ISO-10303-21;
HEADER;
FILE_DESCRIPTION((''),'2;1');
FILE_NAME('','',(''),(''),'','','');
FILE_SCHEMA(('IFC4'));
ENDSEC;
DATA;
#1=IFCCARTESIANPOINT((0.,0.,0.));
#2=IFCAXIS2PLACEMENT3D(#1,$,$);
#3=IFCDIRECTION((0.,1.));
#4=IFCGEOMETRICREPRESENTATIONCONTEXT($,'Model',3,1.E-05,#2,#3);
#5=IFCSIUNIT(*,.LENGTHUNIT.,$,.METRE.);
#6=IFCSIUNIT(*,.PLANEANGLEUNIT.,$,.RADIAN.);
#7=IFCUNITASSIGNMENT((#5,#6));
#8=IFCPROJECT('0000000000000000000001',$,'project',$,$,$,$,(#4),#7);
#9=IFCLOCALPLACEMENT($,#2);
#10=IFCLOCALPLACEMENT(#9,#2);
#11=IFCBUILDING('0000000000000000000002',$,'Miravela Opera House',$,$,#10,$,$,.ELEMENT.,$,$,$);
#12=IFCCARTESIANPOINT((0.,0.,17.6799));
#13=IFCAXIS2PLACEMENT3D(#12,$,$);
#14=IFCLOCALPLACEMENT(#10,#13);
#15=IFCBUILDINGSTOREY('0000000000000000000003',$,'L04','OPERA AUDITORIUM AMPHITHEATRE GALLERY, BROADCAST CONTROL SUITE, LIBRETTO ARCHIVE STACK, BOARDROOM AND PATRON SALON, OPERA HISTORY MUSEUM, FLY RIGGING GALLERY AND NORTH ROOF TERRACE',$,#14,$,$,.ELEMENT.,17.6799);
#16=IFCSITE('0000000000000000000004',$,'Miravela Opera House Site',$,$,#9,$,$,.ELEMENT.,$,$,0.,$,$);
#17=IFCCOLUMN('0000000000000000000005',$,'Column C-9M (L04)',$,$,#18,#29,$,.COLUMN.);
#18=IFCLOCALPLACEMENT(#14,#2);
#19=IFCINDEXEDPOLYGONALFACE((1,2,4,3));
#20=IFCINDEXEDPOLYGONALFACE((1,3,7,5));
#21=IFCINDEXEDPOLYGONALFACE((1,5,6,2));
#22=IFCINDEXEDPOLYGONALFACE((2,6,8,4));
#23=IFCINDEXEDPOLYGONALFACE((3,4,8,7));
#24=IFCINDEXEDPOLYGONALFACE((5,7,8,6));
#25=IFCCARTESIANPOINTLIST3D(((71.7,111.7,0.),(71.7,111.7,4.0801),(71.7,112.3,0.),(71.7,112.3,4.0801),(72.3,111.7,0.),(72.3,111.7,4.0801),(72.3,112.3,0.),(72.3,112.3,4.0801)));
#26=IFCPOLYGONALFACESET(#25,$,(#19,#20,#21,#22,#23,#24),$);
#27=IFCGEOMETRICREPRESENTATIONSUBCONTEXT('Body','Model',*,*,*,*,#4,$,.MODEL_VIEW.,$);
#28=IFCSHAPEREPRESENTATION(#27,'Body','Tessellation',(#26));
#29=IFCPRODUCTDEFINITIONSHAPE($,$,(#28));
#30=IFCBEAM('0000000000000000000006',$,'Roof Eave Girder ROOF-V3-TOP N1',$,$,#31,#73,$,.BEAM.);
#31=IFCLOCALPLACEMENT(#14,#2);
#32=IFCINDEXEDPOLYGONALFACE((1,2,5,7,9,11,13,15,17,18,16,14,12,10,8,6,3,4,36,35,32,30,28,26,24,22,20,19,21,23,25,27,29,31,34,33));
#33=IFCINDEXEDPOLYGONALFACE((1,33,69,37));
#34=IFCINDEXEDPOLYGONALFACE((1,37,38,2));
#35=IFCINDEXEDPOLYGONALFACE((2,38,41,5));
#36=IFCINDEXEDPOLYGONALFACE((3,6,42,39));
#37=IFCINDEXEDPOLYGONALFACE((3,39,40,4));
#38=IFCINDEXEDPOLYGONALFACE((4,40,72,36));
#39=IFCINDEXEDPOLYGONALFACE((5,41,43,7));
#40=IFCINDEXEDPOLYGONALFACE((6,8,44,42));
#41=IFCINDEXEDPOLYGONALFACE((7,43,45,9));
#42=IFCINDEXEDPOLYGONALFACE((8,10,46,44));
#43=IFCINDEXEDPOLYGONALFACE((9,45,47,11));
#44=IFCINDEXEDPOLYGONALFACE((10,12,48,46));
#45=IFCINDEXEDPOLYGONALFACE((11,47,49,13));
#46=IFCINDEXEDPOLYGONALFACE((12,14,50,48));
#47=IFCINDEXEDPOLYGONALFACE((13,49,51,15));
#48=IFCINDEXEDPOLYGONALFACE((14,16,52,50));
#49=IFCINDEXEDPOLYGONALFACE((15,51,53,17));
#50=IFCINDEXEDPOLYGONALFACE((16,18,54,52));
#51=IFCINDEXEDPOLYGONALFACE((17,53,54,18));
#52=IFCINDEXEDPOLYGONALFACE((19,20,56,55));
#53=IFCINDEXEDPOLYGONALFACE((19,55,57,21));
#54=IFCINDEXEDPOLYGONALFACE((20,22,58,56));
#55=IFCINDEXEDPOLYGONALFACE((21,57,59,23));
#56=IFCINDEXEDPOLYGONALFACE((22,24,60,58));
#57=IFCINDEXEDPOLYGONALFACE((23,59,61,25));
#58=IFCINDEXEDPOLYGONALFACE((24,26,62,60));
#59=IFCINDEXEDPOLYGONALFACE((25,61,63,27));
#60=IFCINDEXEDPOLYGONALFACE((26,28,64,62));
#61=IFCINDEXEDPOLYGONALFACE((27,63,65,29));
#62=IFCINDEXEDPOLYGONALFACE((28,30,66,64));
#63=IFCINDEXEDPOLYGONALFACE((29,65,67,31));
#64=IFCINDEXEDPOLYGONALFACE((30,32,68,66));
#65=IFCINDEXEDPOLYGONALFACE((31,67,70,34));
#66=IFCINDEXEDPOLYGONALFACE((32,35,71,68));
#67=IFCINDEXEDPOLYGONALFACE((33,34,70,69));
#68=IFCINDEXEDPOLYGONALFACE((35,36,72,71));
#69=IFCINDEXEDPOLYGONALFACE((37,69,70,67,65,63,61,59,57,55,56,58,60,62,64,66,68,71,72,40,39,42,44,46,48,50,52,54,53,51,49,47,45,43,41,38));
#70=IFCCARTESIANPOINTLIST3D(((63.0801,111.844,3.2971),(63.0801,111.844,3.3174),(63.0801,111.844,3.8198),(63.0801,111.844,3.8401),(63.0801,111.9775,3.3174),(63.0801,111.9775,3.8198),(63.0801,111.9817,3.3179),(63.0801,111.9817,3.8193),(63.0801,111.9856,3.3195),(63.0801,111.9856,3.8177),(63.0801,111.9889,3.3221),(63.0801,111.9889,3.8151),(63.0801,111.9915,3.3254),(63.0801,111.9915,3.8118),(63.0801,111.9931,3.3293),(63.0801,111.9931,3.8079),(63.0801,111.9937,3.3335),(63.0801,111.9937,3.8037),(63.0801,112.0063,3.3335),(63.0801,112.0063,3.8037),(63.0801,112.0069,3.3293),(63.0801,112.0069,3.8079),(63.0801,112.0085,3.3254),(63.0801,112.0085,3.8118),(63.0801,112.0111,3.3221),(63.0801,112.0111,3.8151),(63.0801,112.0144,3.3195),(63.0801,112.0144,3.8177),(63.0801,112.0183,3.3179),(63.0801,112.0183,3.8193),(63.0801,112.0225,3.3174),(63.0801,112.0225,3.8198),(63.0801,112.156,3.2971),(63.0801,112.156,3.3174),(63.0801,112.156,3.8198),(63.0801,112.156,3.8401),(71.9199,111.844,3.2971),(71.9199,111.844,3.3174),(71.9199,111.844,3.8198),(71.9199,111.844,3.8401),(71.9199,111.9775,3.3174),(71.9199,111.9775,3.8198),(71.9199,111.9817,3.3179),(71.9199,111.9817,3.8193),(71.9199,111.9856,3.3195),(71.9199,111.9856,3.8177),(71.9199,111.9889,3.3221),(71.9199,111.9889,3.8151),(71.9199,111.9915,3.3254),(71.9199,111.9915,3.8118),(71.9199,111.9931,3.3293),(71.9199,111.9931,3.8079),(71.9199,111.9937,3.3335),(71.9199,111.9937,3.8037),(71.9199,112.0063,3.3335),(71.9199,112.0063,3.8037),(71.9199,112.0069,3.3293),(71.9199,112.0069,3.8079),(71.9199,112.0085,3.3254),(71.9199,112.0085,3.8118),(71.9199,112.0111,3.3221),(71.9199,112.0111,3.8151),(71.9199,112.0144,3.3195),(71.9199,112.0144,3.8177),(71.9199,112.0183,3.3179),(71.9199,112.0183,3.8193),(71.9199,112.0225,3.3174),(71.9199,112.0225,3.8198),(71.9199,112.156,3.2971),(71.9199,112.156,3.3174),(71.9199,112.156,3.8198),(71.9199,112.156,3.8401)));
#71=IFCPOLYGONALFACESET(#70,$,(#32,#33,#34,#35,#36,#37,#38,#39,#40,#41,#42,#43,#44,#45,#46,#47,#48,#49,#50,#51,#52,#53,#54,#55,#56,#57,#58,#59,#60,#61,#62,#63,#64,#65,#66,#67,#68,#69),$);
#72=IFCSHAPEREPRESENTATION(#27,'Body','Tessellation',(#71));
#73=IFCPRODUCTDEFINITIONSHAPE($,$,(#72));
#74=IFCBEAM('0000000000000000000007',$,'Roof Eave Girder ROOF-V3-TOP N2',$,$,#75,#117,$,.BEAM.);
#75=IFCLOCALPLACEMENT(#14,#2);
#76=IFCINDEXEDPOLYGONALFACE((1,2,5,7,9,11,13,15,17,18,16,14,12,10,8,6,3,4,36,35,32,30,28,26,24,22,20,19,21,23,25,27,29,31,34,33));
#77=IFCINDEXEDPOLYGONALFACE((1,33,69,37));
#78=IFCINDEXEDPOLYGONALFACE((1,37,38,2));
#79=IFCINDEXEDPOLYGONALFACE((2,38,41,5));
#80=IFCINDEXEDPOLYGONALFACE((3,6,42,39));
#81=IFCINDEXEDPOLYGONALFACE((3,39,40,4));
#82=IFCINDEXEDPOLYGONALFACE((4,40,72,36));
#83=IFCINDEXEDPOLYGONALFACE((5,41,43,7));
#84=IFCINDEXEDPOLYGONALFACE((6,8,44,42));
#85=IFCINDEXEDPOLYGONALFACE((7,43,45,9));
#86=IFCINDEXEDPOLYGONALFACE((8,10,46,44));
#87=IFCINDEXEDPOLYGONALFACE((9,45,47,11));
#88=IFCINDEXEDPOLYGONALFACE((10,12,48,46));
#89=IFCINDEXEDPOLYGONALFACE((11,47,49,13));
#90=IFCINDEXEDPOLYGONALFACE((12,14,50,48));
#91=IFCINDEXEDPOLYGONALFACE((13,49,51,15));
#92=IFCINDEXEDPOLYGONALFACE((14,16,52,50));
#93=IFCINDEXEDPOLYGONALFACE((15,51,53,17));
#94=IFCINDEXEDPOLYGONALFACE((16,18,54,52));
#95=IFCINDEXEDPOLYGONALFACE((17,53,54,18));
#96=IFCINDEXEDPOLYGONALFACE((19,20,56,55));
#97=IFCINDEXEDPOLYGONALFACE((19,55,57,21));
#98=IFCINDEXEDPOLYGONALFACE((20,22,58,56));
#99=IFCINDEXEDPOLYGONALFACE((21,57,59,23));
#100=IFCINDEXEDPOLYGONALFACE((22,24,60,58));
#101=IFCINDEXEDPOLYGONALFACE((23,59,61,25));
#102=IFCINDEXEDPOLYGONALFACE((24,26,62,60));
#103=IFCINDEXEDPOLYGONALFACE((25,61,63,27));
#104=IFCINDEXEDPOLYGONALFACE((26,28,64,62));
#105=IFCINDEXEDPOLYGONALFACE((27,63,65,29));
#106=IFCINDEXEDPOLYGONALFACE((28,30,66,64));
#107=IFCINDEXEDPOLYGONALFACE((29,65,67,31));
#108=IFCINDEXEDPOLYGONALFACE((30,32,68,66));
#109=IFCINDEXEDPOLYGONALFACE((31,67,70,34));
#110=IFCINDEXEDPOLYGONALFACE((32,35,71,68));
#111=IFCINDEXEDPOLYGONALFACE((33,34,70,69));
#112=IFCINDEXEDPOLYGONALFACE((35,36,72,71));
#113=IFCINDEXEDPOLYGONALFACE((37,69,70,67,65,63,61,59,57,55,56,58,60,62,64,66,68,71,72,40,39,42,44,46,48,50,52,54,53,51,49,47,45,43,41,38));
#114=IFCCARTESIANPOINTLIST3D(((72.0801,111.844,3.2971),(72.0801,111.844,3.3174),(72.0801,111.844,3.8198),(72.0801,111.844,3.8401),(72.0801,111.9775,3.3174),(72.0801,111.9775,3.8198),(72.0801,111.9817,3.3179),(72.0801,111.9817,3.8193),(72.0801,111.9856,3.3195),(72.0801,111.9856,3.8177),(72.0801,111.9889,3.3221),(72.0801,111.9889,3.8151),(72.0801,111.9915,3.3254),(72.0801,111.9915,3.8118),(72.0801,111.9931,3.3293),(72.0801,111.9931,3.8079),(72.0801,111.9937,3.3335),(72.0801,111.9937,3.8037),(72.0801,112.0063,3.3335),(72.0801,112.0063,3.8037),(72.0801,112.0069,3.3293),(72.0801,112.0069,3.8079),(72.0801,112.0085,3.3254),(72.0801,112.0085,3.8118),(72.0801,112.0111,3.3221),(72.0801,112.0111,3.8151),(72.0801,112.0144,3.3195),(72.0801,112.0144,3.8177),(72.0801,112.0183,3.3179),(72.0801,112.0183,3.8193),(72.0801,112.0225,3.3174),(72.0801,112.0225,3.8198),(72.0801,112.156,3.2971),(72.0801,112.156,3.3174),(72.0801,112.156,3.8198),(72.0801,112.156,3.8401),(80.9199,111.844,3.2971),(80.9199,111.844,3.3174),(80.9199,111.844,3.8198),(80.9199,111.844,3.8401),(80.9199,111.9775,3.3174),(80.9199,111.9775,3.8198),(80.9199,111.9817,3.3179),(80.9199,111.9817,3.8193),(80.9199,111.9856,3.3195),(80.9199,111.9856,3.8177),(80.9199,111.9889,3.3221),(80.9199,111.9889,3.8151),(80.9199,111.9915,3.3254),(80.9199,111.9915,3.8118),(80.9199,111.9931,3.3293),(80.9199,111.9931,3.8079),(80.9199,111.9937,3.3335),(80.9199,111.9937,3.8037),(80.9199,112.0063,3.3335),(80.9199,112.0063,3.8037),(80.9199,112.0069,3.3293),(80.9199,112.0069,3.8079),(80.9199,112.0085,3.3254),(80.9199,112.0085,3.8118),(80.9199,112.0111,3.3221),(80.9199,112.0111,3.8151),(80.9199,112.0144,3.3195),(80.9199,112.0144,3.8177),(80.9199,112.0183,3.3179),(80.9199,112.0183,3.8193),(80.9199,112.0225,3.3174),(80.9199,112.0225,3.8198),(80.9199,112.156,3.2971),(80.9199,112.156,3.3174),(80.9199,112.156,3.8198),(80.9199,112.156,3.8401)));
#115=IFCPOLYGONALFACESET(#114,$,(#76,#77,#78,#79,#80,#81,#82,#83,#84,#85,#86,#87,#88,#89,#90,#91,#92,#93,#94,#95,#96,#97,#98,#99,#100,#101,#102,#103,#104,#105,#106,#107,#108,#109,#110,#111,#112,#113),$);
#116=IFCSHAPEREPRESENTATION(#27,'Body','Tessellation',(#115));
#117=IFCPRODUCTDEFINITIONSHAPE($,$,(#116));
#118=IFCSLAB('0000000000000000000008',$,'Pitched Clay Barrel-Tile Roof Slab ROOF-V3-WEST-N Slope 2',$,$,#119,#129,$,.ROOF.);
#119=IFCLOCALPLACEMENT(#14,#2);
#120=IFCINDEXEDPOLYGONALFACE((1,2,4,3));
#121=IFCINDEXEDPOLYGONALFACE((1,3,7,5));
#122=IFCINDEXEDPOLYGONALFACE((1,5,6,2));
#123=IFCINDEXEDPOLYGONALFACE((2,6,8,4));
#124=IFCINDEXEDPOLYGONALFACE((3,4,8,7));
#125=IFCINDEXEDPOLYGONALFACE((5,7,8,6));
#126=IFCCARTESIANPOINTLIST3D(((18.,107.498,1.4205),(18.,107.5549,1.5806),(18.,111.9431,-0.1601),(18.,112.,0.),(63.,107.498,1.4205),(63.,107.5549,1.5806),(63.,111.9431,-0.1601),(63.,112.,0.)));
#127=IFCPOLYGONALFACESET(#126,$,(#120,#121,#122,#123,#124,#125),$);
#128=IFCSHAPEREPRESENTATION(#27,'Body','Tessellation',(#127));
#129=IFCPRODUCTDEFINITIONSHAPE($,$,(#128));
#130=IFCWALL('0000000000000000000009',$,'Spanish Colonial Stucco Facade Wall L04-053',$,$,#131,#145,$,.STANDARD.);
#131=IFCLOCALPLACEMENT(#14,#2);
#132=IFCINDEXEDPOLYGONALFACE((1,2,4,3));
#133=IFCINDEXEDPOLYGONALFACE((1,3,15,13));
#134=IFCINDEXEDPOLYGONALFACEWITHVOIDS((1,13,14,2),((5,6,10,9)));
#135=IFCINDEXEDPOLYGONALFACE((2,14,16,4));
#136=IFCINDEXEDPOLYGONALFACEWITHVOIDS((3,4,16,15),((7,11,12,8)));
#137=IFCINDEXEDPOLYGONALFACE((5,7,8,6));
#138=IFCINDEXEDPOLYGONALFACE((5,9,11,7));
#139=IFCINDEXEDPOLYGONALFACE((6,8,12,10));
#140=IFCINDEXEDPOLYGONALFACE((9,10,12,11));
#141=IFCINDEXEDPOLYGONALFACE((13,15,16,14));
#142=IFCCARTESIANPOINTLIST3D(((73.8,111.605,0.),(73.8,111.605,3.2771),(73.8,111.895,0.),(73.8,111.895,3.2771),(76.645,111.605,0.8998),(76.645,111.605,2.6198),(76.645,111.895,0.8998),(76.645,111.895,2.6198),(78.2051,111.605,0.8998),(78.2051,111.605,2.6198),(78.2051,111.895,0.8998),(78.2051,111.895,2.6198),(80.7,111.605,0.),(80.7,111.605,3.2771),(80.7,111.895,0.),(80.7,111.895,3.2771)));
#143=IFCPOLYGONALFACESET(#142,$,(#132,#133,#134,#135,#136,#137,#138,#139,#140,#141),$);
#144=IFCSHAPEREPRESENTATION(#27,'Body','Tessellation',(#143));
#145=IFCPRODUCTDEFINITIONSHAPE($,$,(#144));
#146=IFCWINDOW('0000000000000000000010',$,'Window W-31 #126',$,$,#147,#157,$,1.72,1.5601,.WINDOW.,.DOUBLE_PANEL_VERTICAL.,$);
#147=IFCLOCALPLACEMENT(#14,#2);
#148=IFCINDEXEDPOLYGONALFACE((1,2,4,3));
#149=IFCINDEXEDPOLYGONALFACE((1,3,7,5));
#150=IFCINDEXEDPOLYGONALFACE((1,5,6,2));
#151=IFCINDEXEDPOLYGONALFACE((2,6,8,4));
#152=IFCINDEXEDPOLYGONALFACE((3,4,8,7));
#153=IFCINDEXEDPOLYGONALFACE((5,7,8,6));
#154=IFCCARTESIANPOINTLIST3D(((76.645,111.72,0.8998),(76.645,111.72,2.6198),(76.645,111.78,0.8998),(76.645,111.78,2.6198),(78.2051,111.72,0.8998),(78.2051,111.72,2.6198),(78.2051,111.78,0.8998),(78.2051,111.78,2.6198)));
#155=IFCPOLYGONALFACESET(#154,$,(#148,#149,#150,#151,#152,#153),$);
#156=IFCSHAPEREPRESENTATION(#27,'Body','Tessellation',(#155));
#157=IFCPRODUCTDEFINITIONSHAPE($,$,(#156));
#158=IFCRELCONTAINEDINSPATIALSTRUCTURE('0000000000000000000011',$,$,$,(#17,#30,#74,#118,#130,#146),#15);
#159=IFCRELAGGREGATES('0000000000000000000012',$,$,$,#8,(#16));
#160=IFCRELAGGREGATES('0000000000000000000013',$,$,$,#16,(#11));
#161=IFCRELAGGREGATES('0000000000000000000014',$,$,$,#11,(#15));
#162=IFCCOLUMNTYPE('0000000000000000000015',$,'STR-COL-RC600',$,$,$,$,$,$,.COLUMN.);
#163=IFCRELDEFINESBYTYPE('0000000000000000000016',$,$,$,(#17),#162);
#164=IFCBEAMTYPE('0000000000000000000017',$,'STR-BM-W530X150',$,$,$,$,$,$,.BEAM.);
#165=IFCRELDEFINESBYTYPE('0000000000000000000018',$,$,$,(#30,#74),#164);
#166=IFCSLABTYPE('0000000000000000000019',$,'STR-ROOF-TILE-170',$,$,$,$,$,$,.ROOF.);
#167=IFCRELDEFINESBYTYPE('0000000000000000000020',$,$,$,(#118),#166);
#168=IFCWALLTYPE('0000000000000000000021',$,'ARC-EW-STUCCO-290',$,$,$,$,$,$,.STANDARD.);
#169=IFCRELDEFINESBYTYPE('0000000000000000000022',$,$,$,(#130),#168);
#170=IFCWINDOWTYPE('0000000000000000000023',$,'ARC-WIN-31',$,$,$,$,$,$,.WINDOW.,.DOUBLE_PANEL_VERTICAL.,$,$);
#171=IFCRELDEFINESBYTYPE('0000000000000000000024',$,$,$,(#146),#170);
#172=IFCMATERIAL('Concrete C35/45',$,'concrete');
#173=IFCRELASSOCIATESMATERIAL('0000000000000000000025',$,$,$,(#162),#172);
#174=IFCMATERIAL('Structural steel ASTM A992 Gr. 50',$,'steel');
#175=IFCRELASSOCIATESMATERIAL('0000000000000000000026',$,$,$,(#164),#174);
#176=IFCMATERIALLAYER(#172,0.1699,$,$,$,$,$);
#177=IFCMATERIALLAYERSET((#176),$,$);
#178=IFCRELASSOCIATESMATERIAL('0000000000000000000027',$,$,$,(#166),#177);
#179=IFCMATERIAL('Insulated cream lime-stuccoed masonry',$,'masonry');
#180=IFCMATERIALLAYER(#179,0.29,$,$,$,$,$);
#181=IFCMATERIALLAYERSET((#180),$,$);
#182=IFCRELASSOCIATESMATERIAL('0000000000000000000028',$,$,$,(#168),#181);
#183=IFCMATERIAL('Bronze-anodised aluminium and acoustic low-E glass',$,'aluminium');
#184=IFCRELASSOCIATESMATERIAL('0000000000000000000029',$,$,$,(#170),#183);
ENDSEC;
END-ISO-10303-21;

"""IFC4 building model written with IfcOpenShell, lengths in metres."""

from ifc_helpers import new_model, si_unit, direction, frame, frame_2d, origin, origin_2d, place, context, subcontext, project, spatial, polyline, rectangle, i_section, outline, extrude, material, layer, layer_set, material_profile, profile_set, type_object, element, fill, save


model = new_model("IFC4")

# Units and contexts
model_context = context("Model", 3, precision=1e-05, world=origin(), true_north=direction((0.0, 1.0)))
body_context = subcontext(model_context, "Body", "Model", "MODEL_VIEW")
ifc_project = project(units=[si_unit("LENGTHUNIT", "METRE"), si_unit("PLANEANGLEUNIT", "RADIAN")], contexts=[model_context])

# Site, building, storey
site_placement = place(None, origin())
site = spatial("IfcSite", under=ifc_project, at=site_placement, Name="Miravela Opera House Site", CompositionType="ELEMENT", RefElevation=0.0)
building_placement = place(site_placement, origin())
building = spatial("IfcBuilding", under=site, at=building_placement, Name="Miravela Opera House", CompositionType="ELEMENT")
storey_placement = place(building_placement, frame((0.0, 0.0, 17.6799)))
storey = spatial("IfcBuildingStorey", under=building, at=storey_placement, Name="L04", Description="OPERA AUDITORIUM AMPHITHEATRE GALLERY, BROADCAST CONTROL SUITE, LIBRETTO ARCHIVE STACK, BOARDROOM AND PATRON SALON, OPERA HISTORY MUSEUM, FLY RIGGING GALLERY AND NORTH ROOF TERRACE", CompositionType="ELEMENT", Elevation=17.6799)

# Column
ifc_material_1 = material(Name="Concrete C35/45", Category="concrete")
ifc_material_profile_1 = material_profile(ifc_material_1, rectangle(XDim=0.6001, YDim=0.6001, at=origin_2d()), Name="RC-COL-600X600")
ifc_profile_set_1 = profile_set([ifc_material_profile_1])
column_type = type_object("IfcColumnType", Name="STR-COL-RC600", PredefinedType="COLUMN", material=ifc_profile_set_1)
column_placement = place(storey_placement, frame((72.0, 112.0, 0.0), z_axis=(0.0, 0.0, 1.0), x_axis=(1.0, 0.0, 0.0)))
element("IfcColumn", 1, at=column_placement, inside=storey, type_object=column_type, Name="Column C-9M (L04)", PredefinedType="COLUMN", context=body_context, shape_type="SweptSolid", body=[
    extrude(rectangle(XDim=0.6001, YDim=0.6001, at=origin_2d()), origin(), (0.0, 0.0, 1.0), 4.0801),
])

# Beams
ifc_material_2 = material(Name="Structural steel ASTM A992 Gr. 50", Category="steel")
ifc_material_profile_2 = material_profile(ifc_material_2, i_section(OverallWidth=0.312, OverallDepth=0.543, WebThickness=0.0127, FlangeThickness=0.0203, FilletRadius=0.0161, at=origin_2d()), Name="W530X150")
ifc_profile_set_2 = profile_set([ifc_material_profile_2])
beam_type = type_object("IfcBeamType", Name="STR-BM-W530X150", PredefinedType="BEAM", material=ifc_profile_set_2)
for number, where, z_axis, x_axis, name in (
    (2, (63.0801, 112.0, 3.5686), (1.0, 0.0, 0.0), (0.0, 1.0, 0.0), "Roof Eave Girder ROOF-V3-TOP N1"),
    (3, (72.0801, 112.0, 3.5686), (1.0, 0.0, 0.0), (0.0, 1.0, 0.0), "Roof Eave Girder ROOF-V3-TOP N2"),
):
    element("IfcBeam", number, at=place(storey_placement, frame(where, z_axis=z_axis, x_axis=x_axis)), inside=storey, type_object=beam_type, Name=name, PredefinedType="BEAM", context=body_context, shape_type="SweptSolid", body=[
        extrude(i_section(OverallWidth=0.312, OverallDepth=0.543, WebThickness=0.0127, FlangeThickness=0.0203, FilletRadius=0.0161, at=origin_2d()), origin(), (0.0, 0.0, 1.0), 8.8398),
    ])

# Slab
ifc_layer_1 = layer(ifc_material_1, 0.1699)
ifc_layer_set_1 = layer_set([ifc_layer_1])
slab_type = type_object("IfcSlabType", Name="STR-ROOF-TILE-170", PredefinedType="ROOF", material=ifc_layer_set_1)
slab_placement = place(storey_placement, frame((63.0, 112.0, 0.0), z_axis=(0.0, 0.335028, 0.942208), x_axis=(-1.0, 0.0, 0.0)))
element("IfcSlab", 4, at=slab_placement, inside=storey, type_object=slab_type, Name="Pitched Clay Barrel-Tile Roof Slab ROOF-V3-WEST-N Slope 2", PredefinedType="ROOF", context=body_context, shape_type="SweptSolid", body=[
    extrude(outline(polyline([(0.0, 0.0), (45.0, 0.0), (45.0, 4.7177), (0.0, 4.7177), (0.0, 0.0)])), origin(), (0.0, 0.0, -1.0), 0.1699),
])

# Wall, opening, window
ifc_material_3 = material(Name="Insulated cream lime-stuccoed masonry", Category="masonry")
ifc_layer_2 = layer(ifc_material_3, 0.29)
ifc_layer_set_2 = layer_set([ifc_layer_2])
wall_type_1 = type_object("IfcWallType", Name="ARC-EW-STUCCO-290", PredefinedType="STANDARD", material=ifc_layer_set_2)
wall_1_placement = place(storey_placement, frame((73.8, 111.75, 0.0), z_axis=(0.0, 0.0, 1.0), x_axis=(1.0, 0.0, 0.0)))
wall_1 = element("IfcWall", 5, at=wall_1_placement, inside=storey, type_object=wall_type_1, Name="Spanish Colonial Stucco Facade Wall L04-053", PredefinedType="STANDARD", context=body_context, shape_type="SweptSolid", body=[
    extrude(rectangle(XDim=6.8999, YDim=0.29, at=frame_2d((3.45, 0.0))), origin(), (0.0, 0.0, 1.0), 3.2771),
])
opening_1_placement = place(wall_1_placement, frame((2.845, 0.0, 0.8999)))
opening_1 = element("IfcOpeningElement", 6, at=opening_1_placement, cuts=wall_1, PredefinedType="OPENING", context=body_context, shape_type="SweptSolid", body=[
    extrude(rectangle(XDim=1.5601, YDim=1.72, at=frame_2d((0.78, 0.8599))), frame((0.0, 0.155, 0.0), z_axis=(0.0, -1.0, 0.0), x_axis=(1.0, 0.0, 0.0)), (0.0, 0.0, 1.0), 0.3101),
])
ifc_material_4 = material(Name="Bronze-anodised aluminium and acoustic low-E glass", Category="aluminium")
window_type_1 = type_object("IfcWindowType", Name="ARC-WIN-31", PartitioningType="DOUBLE_PANEL_VERTICAL", PredefinedType="WINDOW", material=ifc_material_4)
window_1_placement = place(opening_1_placement, origin())
window_1 = element("IfcWindow", 7, at=window_1_placement, inside=storey, type_object=window_type_1, Name="Window W-31 #126", OverallHeight=1.72, OverallWidth=1.5601, PartitioningType="DOUBLE_PANEL_VERTICAL", PredefinedType="WINDOW", context=body_context, shape_type="SweptSolid", body=[
    extrude(rectangle(XDim=1.5601, YDim=1.72, at=frame_2d((0.78, 0.8599))), frame((0.0, 0.03, 0.0), z_axis=(0.0, -1.0, 0.0), x_axis=(1.0, 0.0, 0.0)), (0.0, 0.0, 1.0), 0.0601),
])
fill(opening_1, window_1)

save(model, "model.ifc")
